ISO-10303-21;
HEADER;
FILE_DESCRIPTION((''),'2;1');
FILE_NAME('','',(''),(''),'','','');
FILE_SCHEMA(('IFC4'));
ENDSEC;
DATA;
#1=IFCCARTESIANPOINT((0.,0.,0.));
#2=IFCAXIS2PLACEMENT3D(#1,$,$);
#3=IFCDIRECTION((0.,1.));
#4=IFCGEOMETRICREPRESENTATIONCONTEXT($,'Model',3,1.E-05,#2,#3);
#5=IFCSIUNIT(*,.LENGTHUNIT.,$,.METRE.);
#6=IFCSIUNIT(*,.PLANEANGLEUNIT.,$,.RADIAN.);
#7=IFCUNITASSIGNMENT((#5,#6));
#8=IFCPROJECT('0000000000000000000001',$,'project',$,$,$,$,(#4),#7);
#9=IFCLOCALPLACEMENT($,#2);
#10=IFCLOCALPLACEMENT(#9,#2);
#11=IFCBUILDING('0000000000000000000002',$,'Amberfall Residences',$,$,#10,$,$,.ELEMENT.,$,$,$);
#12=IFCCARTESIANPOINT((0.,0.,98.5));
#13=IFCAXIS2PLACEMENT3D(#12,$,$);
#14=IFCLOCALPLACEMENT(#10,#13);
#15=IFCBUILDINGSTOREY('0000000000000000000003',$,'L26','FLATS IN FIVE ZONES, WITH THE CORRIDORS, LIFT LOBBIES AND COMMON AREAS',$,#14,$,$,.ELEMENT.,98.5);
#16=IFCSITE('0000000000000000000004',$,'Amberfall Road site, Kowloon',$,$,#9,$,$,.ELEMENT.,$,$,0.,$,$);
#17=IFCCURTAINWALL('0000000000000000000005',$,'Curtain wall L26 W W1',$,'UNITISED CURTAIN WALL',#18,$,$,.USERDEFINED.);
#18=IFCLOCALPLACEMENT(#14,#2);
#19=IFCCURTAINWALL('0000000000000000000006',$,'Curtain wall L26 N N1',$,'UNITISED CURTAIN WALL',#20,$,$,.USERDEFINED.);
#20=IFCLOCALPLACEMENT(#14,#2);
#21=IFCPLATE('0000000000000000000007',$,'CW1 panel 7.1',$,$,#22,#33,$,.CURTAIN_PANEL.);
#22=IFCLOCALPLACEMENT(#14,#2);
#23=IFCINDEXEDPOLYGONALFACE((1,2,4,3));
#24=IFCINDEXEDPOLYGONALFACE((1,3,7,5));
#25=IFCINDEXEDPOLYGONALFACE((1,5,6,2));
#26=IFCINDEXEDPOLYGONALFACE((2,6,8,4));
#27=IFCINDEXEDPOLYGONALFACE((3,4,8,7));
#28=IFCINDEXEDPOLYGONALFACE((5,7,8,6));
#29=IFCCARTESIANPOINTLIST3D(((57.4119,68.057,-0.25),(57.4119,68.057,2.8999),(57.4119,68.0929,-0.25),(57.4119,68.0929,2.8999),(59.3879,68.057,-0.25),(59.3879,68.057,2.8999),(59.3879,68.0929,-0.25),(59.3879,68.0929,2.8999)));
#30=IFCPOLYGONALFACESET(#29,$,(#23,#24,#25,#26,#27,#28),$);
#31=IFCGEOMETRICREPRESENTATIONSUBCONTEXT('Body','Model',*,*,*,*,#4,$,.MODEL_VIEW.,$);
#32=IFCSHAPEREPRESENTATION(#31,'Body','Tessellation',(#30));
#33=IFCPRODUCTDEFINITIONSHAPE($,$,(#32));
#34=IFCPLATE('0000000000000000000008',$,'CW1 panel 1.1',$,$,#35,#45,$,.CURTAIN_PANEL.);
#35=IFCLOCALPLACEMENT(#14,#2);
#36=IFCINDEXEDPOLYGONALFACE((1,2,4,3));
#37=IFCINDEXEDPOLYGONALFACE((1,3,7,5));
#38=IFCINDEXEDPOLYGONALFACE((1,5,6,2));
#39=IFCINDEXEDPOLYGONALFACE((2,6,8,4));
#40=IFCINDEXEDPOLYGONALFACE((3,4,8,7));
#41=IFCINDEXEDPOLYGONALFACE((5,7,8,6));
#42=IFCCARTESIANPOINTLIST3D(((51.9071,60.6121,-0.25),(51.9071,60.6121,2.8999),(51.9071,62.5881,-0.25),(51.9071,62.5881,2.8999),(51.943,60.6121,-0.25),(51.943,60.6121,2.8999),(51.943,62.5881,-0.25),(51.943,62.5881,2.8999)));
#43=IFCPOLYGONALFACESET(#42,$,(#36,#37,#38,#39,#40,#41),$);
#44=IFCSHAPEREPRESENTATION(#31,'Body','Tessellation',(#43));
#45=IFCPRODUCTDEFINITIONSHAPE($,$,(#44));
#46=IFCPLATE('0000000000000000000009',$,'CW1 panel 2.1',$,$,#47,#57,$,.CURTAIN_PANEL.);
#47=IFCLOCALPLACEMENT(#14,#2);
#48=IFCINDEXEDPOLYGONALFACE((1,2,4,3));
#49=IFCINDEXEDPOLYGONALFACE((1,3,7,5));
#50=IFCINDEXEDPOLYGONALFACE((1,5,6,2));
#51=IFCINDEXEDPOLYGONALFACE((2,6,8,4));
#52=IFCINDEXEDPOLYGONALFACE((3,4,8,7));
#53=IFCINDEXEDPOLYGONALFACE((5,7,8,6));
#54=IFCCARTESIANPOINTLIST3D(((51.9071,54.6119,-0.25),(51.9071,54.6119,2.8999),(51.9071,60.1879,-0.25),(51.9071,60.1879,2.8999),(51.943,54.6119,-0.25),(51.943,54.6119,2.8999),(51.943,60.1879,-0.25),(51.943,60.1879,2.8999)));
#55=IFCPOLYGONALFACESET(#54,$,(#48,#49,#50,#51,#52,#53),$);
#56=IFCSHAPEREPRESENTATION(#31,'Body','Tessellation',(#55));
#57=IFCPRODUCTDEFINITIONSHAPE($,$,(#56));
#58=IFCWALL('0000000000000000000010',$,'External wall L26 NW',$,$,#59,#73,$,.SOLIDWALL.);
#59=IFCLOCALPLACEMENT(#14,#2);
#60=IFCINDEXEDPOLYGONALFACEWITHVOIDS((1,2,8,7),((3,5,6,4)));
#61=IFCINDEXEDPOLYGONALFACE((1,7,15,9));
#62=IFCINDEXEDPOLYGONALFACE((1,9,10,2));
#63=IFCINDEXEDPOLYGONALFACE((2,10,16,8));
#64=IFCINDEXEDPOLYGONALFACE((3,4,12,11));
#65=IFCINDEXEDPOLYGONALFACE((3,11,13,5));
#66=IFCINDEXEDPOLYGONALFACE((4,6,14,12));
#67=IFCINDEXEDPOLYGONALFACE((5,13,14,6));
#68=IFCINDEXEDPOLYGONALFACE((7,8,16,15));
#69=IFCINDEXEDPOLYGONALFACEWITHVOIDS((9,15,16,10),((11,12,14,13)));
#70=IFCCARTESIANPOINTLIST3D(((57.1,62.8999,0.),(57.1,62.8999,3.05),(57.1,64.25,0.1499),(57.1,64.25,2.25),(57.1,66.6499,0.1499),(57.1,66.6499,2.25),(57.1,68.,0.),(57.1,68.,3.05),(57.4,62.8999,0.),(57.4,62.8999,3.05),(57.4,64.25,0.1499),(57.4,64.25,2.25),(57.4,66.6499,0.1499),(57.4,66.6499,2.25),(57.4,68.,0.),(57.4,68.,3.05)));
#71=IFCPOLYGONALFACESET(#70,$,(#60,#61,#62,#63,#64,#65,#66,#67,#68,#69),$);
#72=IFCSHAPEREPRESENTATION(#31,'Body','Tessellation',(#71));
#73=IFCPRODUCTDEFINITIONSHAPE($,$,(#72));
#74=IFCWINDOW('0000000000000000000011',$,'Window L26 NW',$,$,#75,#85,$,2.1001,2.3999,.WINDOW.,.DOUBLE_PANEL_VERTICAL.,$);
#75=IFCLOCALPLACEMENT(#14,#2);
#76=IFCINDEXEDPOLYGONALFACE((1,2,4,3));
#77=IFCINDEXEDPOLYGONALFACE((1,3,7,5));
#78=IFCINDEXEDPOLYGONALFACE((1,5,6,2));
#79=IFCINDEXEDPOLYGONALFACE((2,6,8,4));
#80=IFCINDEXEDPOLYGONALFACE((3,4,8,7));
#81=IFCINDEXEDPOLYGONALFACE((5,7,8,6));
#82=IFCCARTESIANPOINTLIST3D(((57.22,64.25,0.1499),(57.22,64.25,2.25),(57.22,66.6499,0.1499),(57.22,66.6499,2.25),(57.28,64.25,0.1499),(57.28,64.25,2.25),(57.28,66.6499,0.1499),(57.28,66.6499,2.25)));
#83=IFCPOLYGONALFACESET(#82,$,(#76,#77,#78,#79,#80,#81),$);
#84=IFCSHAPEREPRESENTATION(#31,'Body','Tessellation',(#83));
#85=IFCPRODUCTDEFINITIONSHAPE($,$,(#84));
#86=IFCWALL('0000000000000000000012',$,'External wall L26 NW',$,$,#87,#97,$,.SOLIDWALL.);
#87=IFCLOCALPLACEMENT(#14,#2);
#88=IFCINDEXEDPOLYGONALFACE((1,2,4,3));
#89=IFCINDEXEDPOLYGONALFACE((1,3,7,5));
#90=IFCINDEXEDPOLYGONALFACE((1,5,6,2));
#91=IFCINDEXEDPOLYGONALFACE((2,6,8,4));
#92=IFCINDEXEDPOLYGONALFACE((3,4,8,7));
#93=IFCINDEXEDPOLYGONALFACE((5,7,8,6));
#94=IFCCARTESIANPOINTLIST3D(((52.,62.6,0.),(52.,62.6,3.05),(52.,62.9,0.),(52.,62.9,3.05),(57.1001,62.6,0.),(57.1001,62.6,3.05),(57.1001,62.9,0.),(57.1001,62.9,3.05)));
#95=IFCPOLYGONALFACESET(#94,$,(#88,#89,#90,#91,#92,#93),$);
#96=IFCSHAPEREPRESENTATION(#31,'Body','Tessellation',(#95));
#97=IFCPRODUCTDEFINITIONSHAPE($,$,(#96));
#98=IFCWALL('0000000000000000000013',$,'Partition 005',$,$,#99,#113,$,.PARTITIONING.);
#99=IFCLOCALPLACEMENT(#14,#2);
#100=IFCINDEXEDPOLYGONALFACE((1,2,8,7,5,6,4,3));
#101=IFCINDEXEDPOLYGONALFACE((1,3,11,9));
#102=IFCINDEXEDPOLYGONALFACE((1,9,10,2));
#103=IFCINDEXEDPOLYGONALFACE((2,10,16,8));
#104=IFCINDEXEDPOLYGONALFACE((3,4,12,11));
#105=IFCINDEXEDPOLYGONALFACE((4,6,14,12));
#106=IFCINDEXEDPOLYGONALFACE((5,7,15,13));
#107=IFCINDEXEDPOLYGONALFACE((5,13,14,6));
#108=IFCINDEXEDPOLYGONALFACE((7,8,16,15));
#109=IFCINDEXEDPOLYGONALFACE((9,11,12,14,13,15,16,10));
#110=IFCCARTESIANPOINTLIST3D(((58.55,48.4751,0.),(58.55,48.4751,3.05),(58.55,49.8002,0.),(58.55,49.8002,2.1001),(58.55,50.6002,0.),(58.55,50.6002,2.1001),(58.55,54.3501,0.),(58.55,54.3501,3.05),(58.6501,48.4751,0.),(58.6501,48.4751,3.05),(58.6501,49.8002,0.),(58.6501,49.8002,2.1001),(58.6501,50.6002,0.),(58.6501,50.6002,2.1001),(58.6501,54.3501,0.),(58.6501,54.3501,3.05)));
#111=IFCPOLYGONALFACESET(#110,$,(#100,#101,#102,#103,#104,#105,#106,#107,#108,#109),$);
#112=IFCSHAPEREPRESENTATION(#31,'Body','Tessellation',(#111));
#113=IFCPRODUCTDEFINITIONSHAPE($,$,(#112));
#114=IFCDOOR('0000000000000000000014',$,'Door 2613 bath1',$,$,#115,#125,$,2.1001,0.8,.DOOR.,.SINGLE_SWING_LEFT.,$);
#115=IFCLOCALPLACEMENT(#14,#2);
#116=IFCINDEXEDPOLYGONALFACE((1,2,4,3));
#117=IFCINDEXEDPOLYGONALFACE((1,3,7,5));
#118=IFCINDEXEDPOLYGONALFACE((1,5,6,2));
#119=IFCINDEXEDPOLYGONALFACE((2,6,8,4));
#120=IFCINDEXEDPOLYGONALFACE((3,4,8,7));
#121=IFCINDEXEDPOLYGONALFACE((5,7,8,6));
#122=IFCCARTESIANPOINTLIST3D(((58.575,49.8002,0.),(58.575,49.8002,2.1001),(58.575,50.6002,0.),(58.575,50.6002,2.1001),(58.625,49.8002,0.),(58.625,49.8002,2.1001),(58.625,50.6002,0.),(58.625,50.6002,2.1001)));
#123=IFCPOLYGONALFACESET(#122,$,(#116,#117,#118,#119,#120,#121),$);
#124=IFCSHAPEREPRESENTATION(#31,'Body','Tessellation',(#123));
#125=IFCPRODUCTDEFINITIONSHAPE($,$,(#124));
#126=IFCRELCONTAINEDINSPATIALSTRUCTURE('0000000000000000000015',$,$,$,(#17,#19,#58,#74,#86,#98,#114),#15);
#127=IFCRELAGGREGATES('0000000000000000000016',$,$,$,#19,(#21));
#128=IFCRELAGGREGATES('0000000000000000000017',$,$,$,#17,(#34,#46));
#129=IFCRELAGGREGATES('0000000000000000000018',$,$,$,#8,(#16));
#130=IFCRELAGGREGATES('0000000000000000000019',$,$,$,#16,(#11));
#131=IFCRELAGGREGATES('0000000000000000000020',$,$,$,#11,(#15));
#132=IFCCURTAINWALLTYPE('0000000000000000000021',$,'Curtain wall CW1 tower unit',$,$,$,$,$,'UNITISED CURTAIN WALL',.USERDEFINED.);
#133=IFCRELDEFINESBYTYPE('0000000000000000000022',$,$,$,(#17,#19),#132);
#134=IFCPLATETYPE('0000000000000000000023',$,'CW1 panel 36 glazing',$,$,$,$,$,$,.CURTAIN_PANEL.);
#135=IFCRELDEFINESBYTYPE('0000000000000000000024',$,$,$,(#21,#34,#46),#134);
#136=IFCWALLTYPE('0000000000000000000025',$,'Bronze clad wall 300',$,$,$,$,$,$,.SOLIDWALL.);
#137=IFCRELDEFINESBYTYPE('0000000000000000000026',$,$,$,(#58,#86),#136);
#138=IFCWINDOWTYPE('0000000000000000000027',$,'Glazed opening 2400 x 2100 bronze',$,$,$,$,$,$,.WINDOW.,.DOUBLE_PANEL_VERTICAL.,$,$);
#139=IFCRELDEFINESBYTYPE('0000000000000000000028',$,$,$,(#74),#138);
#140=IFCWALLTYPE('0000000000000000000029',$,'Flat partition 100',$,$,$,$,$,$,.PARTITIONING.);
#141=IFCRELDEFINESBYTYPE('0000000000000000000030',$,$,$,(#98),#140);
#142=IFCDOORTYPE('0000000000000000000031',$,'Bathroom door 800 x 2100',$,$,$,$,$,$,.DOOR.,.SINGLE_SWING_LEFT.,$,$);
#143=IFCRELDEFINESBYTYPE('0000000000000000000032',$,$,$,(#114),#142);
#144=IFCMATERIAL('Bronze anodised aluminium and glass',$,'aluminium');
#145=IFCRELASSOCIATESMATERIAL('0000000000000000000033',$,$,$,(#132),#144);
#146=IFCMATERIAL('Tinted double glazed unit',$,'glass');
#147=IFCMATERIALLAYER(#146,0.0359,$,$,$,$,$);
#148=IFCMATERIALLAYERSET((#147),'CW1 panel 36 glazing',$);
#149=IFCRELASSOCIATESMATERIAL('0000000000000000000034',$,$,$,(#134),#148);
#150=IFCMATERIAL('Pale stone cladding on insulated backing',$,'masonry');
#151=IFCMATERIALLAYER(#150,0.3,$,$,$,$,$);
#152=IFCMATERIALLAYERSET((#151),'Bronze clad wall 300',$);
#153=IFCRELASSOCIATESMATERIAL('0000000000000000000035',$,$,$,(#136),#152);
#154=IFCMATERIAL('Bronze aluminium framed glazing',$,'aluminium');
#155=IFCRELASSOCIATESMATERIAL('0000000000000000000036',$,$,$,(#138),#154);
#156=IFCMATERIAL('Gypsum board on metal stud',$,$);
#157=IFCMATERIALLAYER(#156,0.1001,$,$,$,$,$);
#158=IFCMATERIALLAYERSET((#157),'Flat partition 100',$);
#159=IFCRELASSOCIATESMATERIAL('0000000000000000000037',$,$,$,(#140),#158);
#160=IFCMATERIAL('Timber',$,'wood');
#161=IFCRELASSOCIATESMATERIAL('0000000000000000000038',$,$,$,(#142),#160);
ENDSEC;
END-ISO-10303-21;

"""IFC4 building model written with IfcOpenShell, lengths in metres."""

from ifc_helpers import new_model, si_unit, direction, frame, frame_2d, origin, origin_2d, place, context, subcontext, project, spatial, rectangle, extrude, material, layer, layer_set, type_object, element, fill, aggregate, save


model = new_model("IFC4")

# Units and contexts
model_context = context("Model", 3, precision=1e-05, world=origin(), true_north=direction((0.0, 1.0)))
body_context = subcontext(model_context, "Body", "Model", "MODEL_VIEW")
ifc_project = project(units=[si_unit("LENGTHUNIT", "METRE"), si_unit("PLANEANGLEUNIT", "RADIAN")], contexts=[model_context])

# Site, building, storey
site_placement = place(None, origin())
site = spatial("IfcSite", under=ifc_project, at=site_placement, Name="Amberfall Road site, Kowloon", CompositionType="ELEMENT", RefElevation=0.0)
building_placement = place(site_placement, origin())
building = spatial("IfcBuilding", under=site, at=building_placement, Name="Amberfall Residences", CompositionType="ELEMENT")
storey_placement = place(building_placement, frame((0.0, 0.0, 98.5)))
storey = spatial("IfcBuildingStorey", under=building, at=storey_placement, Name="L26", Description="FLATS IN FIVE ZONES, WITH THE CORRIDORS, LIFT LOBBIES AND COMMON AREAS", CompositionType="ELEMENT", Elevation=98.5)

# Curtain wall
ifc_material_1 = material(Name="Bronze anodised aluminium and glass", Category="aluminium")
curtain_wall_type = type_object("IfcCurtainWallType", Name="Curtain wall CW1 tower unit", ElementType="UNITISED CURTAIN WALL", PredefinedType="USERDEFINED", material=ifc_material_1)
curtain_wall_1_placement = place(storey_placement, origin())
curtain_wall_1 = element("IfcCurtainWall", 1, at=curtain_wall_1_placement, inside=storey, type_object=curtain_wall_type, Name="Curtain wall L26 W W1", ObjectType="UNITISED CURTAIN WALL", PredefinedType="USERDEFINED")

# Curtain wall
curtain_wall_2_placement = place(storey_placement, origin())
curtain_wall_2 = element("IfcCurtainWall", 2, at=curtain_wall_2_placement, inside=storey, type_object=curtain_wall_type, Name="Curtain wall L26 N N1", ObjectType="UNITISED CURTAIN WALL", PredefinedType="USERDEFINED")

# Plates
ifc_material_2 = material(Name="Tinted double glazed unit", Category="glass")
ifc_layer_1 = layer(ifc_material_2, 0.0359)
ifc_layer_set_1 = layer_set([ifc_layer_1], Name="CW1 panel 36 glazing")
plate_type = type_object("IfcPlateType", Name="CW1 panel 36 glazing", PredefinedType="CURTAIN_PANEL", material=ifc_layer_set_1)
plate_1_placement = place(storey_placement, frame((58.3999, 68.075, -0.25), z_axis=(0.0, 0.0, 1.0), x_axis=(-1.0, 0.0, 0.0)))
plate_1 = element("IfcPlate", 3, at=plate_1_placement, type_object=plate_type, Name="CW1 panel 7.1", PredefinedType="CURTAIN_PANEL", context=body_context, shape_type="SweptSolid", body=[
    extrude(rectangle(XDim=1.9761, YDim=0.0359, at=origin_2d()), origin(), (0.0, 0.0, 1.0), 3.1499),
])
aggregate(curtain_wall_2, [plate_1])
plate_2_placement = place(storey_placement, frame((51.925, 61.6001, -0.25), z_axis=(0.0, 0.0, 1.0), x_axis=(0.0, -1.0, 0.0)))
plate_2 = element("IfcPlate", 4, at=plate_2_placement, type_object=plate_type, Name="CW1 panel 1.1", PredefinedType="CURTAIN_PANEL", context=body_context, shape_type="SweptSolid", body=[
    extrude(rectangle(XDim=1.9761, YDim=0.0359, at=origin_2d()), origin(), (0.0, 0.0, 1.0), 3.1499),
])
plate_3_placement = place(storey_placement, frame((51.925, 57.3999, -0.25), z_axis=(0.0, 0.0, 1.0), x_axis=(0.0, -1.0, 0.0)))
plate_3 = element("IfcPlate", 5, at=plate_3_placement, type_object=plate_type, Name="CW1 panel 2.1", PredefinedType="CURTAIN_PANEL", context=body_context, shape_type="SweptSolid", body=[
    extrude(rectangle(XDim=5.5759, YDim=0.0359, at=origin_2d()), origin(), (0.0, 0.0, 1.0), 3.1499),
])
aggregate(curtain_wall_1, [plate_2, plate_3])

# Wall, opening, window
ifc_material_3 = material(Name="Pale stone cladding on insulated backing", Category="masonry")
ifc_layer_2 = layer(ifc_material_3, 0.3)
ifc_layer_set_2 = layer_set([ifc_layer_2], Name="Bronze clad wall 300")
wall_type_1 = type_object("IfcWallType", Name="Bronze clad wall 300", PredefinedType="SOLIDWALL", material=ifc_layer_set_2)
wall_1_placement = place(storey_placement, frame((57.25, 68.0, 0.0), z_axis=(0.0, 0.0, 1.0), x_axis=(0.0, -1.0, 0.0)))
wall_1 = element("IfcWall", 6, at=wall_1_placement, inside=storey, type_object=wall_type_1, Name="External wall L26 NW", PredefinedType="SOLIDWALL", context=body_context, shape_type="SweptSolid", body=[
    extrude(rectangle(XDim=5.1001, YDim=0.3, at=frame_2d((2.55, 0.0))), origin(), (0.0, 0.0, 1.0), 3.05),
])
opening_1_placement = place(wall_1_placement, frame((1.3501, 0.0, 0.1499)))
opening_1 = element("IfcOpeningElement", 7, at=opening_1_placement, cuts=wall_1, PredefinedType="OPENING", context=body_context, shape_type="SweptSolid", body=[
    extrude(rectangle(XDim=2.3999, YDim=2.1001, at=frame_2d((1.2, 1.05))), frame((0.0, 0.1599, 0.0), z_axis=(0.0, -1.0, 0.0), x_axis=(1.0, 0.0, 0.0)), (0.0, 0.0, 1.0), 0.3201),
])
ifc_material_4 = material(Name="Bronze aluminium framed glazing", Category="aluminium")
window_type = type_object("IfcWindowType", Name="Glazed opening 2400 x 2100 bronze", PartitioningType="DOUBLE_PANEL_VERTICAL", PredefinedType="WINDOW", material=ifc_material_4)
window_placement = place(opening_1_placement, origin())
window = element("IfcWindow", 8, at=window_placement, inside=storey, type_object=window_type, Name="Window L26 NW", OverallHeight=2.1001, OverallWidth=2.3999, PartitioningType="DOUBLE_PANEL_VERTICAL", PredefinedType="WINDOW", context=body_context, shape_type="SweptSolid", body=[
    extrude(rectangle(XDim=2.3999, YDim=2.1001, at=frame_2d((1.2, 1.05))), frame((0.0, 0.03, 0.0), z_axis=(0.0, -1.0, 0.0), x_axis=(1.0, 0.0, 0.0)), (0.0, 0.0, 1.0), 0.0601),
])
fill(opening_1, window)

# Wall
wall_2_placement = place(storey_placement, frame((57.1001, 62.75, 0.0), z_axis=(0.0, 0.0, 1.0), x_axis=(-1.0, 0.0, 0.0)))
element("IfcWall", 9, at=wall_2_placement, inside=storey, type_object=wall_type_1, Name="External wall L26 NW", PredefinedType="SOLIDWALL", context=body_context, shape_type="SweptSolid", body=[
    extrude(rectangle(XDim=5.1001, YDim=0.3, at=frame_2d((2.55, 0.0))), origin(), (0.0, 0.0, 1.0), 3.05),
])

# Wall, opening, door
ifc_material_5 = material(Name="Gypsum board on metal stud")
ifc_layer_3 = layer(ifc_material_5, 0.1001)
ifc_layer_set_3 = layer_set([ifc_layer_3], Name="Flat partition 100")
wall_type_2 = type_object("IfcWallType", Name="Flat partition 100", PredefinedType="PARTITIONING", material=ifc_layer_set_3)
wall_3_placement = place(storey_placement, frame((58.6001, 54.3501, 0.0), z_axis=(0.0, 0.0, 1.0), x_axis=(0.0, -1.0, 0.0)))
wall_3 = element("IfcWall", 10, at=wall_3_placement, inside=storey, type_object=wall_type_2, Name="Partition 005", PredefinedType="PARTITIONING", context=body_context, shape_type="SweptSolid", body=[
    extrude(rectangle(XDim=5.875, YDim=0.1001, at=frame_2d((2.9375, 0.0))), origin(), (0.0, 0.0, 1.0), 3.05),
])
opening_2_placement = place(wall_3_placement, frame((3.75, 0.0, 0.0)))
opening_2 = element("IfcOpeningElement", 11, at=opening_2_placement, cuts=wall_3, PredefinedType="OPENING", context=body_context, shape_type="SweptSolid", body=[
    extrude(rectangle(XDim=0.8, YDim=2.1001, at=frame_2d((0.3999, 1.05))), frame((0.0, 0.0601, 0.0), z_axis=(0.0, -1.0, 0.0), x_axis=(1.0, 0.0, 0.0)), (0.0, 0.0, 1.0), 0.1201),
])
ifc_material_6 = material(Name="Timber", Category="wood")
door_type = type_object("IfcDoorType", Name="Bathroom door 800 x 2100", OperationType="SINGLE_SWING_LEFT", PredefinedType="DOOR", material=ifc_material_6)
door_placement = place(opening_2_placement, origin())
door = element("IfcDoor", 12, at=door_placement, inside=storey, type_object=door_type, Name="Door 2613 bath1", OperationType="SINGLE_SWING_LEFT", OverallHeight=2.1001, OverallWidth=0.8, PredefinedType="DOOR", context=body_context, shape_type="SweptSolid", body=[
    extrude(rectangle(XDim=0.8, YDim=2.1001, at=frame_2d((0.3999, 1.05))), frame((0.0, 0.0249, 0.0), z_axis=(0.0, -1.0, 0.0), x_axis=(1.0, 0.0, 0.0)), (0.0, 0.0, 1.0), 0.05),
])
fill(opening_2, door)

save(model, "model.ifc")
